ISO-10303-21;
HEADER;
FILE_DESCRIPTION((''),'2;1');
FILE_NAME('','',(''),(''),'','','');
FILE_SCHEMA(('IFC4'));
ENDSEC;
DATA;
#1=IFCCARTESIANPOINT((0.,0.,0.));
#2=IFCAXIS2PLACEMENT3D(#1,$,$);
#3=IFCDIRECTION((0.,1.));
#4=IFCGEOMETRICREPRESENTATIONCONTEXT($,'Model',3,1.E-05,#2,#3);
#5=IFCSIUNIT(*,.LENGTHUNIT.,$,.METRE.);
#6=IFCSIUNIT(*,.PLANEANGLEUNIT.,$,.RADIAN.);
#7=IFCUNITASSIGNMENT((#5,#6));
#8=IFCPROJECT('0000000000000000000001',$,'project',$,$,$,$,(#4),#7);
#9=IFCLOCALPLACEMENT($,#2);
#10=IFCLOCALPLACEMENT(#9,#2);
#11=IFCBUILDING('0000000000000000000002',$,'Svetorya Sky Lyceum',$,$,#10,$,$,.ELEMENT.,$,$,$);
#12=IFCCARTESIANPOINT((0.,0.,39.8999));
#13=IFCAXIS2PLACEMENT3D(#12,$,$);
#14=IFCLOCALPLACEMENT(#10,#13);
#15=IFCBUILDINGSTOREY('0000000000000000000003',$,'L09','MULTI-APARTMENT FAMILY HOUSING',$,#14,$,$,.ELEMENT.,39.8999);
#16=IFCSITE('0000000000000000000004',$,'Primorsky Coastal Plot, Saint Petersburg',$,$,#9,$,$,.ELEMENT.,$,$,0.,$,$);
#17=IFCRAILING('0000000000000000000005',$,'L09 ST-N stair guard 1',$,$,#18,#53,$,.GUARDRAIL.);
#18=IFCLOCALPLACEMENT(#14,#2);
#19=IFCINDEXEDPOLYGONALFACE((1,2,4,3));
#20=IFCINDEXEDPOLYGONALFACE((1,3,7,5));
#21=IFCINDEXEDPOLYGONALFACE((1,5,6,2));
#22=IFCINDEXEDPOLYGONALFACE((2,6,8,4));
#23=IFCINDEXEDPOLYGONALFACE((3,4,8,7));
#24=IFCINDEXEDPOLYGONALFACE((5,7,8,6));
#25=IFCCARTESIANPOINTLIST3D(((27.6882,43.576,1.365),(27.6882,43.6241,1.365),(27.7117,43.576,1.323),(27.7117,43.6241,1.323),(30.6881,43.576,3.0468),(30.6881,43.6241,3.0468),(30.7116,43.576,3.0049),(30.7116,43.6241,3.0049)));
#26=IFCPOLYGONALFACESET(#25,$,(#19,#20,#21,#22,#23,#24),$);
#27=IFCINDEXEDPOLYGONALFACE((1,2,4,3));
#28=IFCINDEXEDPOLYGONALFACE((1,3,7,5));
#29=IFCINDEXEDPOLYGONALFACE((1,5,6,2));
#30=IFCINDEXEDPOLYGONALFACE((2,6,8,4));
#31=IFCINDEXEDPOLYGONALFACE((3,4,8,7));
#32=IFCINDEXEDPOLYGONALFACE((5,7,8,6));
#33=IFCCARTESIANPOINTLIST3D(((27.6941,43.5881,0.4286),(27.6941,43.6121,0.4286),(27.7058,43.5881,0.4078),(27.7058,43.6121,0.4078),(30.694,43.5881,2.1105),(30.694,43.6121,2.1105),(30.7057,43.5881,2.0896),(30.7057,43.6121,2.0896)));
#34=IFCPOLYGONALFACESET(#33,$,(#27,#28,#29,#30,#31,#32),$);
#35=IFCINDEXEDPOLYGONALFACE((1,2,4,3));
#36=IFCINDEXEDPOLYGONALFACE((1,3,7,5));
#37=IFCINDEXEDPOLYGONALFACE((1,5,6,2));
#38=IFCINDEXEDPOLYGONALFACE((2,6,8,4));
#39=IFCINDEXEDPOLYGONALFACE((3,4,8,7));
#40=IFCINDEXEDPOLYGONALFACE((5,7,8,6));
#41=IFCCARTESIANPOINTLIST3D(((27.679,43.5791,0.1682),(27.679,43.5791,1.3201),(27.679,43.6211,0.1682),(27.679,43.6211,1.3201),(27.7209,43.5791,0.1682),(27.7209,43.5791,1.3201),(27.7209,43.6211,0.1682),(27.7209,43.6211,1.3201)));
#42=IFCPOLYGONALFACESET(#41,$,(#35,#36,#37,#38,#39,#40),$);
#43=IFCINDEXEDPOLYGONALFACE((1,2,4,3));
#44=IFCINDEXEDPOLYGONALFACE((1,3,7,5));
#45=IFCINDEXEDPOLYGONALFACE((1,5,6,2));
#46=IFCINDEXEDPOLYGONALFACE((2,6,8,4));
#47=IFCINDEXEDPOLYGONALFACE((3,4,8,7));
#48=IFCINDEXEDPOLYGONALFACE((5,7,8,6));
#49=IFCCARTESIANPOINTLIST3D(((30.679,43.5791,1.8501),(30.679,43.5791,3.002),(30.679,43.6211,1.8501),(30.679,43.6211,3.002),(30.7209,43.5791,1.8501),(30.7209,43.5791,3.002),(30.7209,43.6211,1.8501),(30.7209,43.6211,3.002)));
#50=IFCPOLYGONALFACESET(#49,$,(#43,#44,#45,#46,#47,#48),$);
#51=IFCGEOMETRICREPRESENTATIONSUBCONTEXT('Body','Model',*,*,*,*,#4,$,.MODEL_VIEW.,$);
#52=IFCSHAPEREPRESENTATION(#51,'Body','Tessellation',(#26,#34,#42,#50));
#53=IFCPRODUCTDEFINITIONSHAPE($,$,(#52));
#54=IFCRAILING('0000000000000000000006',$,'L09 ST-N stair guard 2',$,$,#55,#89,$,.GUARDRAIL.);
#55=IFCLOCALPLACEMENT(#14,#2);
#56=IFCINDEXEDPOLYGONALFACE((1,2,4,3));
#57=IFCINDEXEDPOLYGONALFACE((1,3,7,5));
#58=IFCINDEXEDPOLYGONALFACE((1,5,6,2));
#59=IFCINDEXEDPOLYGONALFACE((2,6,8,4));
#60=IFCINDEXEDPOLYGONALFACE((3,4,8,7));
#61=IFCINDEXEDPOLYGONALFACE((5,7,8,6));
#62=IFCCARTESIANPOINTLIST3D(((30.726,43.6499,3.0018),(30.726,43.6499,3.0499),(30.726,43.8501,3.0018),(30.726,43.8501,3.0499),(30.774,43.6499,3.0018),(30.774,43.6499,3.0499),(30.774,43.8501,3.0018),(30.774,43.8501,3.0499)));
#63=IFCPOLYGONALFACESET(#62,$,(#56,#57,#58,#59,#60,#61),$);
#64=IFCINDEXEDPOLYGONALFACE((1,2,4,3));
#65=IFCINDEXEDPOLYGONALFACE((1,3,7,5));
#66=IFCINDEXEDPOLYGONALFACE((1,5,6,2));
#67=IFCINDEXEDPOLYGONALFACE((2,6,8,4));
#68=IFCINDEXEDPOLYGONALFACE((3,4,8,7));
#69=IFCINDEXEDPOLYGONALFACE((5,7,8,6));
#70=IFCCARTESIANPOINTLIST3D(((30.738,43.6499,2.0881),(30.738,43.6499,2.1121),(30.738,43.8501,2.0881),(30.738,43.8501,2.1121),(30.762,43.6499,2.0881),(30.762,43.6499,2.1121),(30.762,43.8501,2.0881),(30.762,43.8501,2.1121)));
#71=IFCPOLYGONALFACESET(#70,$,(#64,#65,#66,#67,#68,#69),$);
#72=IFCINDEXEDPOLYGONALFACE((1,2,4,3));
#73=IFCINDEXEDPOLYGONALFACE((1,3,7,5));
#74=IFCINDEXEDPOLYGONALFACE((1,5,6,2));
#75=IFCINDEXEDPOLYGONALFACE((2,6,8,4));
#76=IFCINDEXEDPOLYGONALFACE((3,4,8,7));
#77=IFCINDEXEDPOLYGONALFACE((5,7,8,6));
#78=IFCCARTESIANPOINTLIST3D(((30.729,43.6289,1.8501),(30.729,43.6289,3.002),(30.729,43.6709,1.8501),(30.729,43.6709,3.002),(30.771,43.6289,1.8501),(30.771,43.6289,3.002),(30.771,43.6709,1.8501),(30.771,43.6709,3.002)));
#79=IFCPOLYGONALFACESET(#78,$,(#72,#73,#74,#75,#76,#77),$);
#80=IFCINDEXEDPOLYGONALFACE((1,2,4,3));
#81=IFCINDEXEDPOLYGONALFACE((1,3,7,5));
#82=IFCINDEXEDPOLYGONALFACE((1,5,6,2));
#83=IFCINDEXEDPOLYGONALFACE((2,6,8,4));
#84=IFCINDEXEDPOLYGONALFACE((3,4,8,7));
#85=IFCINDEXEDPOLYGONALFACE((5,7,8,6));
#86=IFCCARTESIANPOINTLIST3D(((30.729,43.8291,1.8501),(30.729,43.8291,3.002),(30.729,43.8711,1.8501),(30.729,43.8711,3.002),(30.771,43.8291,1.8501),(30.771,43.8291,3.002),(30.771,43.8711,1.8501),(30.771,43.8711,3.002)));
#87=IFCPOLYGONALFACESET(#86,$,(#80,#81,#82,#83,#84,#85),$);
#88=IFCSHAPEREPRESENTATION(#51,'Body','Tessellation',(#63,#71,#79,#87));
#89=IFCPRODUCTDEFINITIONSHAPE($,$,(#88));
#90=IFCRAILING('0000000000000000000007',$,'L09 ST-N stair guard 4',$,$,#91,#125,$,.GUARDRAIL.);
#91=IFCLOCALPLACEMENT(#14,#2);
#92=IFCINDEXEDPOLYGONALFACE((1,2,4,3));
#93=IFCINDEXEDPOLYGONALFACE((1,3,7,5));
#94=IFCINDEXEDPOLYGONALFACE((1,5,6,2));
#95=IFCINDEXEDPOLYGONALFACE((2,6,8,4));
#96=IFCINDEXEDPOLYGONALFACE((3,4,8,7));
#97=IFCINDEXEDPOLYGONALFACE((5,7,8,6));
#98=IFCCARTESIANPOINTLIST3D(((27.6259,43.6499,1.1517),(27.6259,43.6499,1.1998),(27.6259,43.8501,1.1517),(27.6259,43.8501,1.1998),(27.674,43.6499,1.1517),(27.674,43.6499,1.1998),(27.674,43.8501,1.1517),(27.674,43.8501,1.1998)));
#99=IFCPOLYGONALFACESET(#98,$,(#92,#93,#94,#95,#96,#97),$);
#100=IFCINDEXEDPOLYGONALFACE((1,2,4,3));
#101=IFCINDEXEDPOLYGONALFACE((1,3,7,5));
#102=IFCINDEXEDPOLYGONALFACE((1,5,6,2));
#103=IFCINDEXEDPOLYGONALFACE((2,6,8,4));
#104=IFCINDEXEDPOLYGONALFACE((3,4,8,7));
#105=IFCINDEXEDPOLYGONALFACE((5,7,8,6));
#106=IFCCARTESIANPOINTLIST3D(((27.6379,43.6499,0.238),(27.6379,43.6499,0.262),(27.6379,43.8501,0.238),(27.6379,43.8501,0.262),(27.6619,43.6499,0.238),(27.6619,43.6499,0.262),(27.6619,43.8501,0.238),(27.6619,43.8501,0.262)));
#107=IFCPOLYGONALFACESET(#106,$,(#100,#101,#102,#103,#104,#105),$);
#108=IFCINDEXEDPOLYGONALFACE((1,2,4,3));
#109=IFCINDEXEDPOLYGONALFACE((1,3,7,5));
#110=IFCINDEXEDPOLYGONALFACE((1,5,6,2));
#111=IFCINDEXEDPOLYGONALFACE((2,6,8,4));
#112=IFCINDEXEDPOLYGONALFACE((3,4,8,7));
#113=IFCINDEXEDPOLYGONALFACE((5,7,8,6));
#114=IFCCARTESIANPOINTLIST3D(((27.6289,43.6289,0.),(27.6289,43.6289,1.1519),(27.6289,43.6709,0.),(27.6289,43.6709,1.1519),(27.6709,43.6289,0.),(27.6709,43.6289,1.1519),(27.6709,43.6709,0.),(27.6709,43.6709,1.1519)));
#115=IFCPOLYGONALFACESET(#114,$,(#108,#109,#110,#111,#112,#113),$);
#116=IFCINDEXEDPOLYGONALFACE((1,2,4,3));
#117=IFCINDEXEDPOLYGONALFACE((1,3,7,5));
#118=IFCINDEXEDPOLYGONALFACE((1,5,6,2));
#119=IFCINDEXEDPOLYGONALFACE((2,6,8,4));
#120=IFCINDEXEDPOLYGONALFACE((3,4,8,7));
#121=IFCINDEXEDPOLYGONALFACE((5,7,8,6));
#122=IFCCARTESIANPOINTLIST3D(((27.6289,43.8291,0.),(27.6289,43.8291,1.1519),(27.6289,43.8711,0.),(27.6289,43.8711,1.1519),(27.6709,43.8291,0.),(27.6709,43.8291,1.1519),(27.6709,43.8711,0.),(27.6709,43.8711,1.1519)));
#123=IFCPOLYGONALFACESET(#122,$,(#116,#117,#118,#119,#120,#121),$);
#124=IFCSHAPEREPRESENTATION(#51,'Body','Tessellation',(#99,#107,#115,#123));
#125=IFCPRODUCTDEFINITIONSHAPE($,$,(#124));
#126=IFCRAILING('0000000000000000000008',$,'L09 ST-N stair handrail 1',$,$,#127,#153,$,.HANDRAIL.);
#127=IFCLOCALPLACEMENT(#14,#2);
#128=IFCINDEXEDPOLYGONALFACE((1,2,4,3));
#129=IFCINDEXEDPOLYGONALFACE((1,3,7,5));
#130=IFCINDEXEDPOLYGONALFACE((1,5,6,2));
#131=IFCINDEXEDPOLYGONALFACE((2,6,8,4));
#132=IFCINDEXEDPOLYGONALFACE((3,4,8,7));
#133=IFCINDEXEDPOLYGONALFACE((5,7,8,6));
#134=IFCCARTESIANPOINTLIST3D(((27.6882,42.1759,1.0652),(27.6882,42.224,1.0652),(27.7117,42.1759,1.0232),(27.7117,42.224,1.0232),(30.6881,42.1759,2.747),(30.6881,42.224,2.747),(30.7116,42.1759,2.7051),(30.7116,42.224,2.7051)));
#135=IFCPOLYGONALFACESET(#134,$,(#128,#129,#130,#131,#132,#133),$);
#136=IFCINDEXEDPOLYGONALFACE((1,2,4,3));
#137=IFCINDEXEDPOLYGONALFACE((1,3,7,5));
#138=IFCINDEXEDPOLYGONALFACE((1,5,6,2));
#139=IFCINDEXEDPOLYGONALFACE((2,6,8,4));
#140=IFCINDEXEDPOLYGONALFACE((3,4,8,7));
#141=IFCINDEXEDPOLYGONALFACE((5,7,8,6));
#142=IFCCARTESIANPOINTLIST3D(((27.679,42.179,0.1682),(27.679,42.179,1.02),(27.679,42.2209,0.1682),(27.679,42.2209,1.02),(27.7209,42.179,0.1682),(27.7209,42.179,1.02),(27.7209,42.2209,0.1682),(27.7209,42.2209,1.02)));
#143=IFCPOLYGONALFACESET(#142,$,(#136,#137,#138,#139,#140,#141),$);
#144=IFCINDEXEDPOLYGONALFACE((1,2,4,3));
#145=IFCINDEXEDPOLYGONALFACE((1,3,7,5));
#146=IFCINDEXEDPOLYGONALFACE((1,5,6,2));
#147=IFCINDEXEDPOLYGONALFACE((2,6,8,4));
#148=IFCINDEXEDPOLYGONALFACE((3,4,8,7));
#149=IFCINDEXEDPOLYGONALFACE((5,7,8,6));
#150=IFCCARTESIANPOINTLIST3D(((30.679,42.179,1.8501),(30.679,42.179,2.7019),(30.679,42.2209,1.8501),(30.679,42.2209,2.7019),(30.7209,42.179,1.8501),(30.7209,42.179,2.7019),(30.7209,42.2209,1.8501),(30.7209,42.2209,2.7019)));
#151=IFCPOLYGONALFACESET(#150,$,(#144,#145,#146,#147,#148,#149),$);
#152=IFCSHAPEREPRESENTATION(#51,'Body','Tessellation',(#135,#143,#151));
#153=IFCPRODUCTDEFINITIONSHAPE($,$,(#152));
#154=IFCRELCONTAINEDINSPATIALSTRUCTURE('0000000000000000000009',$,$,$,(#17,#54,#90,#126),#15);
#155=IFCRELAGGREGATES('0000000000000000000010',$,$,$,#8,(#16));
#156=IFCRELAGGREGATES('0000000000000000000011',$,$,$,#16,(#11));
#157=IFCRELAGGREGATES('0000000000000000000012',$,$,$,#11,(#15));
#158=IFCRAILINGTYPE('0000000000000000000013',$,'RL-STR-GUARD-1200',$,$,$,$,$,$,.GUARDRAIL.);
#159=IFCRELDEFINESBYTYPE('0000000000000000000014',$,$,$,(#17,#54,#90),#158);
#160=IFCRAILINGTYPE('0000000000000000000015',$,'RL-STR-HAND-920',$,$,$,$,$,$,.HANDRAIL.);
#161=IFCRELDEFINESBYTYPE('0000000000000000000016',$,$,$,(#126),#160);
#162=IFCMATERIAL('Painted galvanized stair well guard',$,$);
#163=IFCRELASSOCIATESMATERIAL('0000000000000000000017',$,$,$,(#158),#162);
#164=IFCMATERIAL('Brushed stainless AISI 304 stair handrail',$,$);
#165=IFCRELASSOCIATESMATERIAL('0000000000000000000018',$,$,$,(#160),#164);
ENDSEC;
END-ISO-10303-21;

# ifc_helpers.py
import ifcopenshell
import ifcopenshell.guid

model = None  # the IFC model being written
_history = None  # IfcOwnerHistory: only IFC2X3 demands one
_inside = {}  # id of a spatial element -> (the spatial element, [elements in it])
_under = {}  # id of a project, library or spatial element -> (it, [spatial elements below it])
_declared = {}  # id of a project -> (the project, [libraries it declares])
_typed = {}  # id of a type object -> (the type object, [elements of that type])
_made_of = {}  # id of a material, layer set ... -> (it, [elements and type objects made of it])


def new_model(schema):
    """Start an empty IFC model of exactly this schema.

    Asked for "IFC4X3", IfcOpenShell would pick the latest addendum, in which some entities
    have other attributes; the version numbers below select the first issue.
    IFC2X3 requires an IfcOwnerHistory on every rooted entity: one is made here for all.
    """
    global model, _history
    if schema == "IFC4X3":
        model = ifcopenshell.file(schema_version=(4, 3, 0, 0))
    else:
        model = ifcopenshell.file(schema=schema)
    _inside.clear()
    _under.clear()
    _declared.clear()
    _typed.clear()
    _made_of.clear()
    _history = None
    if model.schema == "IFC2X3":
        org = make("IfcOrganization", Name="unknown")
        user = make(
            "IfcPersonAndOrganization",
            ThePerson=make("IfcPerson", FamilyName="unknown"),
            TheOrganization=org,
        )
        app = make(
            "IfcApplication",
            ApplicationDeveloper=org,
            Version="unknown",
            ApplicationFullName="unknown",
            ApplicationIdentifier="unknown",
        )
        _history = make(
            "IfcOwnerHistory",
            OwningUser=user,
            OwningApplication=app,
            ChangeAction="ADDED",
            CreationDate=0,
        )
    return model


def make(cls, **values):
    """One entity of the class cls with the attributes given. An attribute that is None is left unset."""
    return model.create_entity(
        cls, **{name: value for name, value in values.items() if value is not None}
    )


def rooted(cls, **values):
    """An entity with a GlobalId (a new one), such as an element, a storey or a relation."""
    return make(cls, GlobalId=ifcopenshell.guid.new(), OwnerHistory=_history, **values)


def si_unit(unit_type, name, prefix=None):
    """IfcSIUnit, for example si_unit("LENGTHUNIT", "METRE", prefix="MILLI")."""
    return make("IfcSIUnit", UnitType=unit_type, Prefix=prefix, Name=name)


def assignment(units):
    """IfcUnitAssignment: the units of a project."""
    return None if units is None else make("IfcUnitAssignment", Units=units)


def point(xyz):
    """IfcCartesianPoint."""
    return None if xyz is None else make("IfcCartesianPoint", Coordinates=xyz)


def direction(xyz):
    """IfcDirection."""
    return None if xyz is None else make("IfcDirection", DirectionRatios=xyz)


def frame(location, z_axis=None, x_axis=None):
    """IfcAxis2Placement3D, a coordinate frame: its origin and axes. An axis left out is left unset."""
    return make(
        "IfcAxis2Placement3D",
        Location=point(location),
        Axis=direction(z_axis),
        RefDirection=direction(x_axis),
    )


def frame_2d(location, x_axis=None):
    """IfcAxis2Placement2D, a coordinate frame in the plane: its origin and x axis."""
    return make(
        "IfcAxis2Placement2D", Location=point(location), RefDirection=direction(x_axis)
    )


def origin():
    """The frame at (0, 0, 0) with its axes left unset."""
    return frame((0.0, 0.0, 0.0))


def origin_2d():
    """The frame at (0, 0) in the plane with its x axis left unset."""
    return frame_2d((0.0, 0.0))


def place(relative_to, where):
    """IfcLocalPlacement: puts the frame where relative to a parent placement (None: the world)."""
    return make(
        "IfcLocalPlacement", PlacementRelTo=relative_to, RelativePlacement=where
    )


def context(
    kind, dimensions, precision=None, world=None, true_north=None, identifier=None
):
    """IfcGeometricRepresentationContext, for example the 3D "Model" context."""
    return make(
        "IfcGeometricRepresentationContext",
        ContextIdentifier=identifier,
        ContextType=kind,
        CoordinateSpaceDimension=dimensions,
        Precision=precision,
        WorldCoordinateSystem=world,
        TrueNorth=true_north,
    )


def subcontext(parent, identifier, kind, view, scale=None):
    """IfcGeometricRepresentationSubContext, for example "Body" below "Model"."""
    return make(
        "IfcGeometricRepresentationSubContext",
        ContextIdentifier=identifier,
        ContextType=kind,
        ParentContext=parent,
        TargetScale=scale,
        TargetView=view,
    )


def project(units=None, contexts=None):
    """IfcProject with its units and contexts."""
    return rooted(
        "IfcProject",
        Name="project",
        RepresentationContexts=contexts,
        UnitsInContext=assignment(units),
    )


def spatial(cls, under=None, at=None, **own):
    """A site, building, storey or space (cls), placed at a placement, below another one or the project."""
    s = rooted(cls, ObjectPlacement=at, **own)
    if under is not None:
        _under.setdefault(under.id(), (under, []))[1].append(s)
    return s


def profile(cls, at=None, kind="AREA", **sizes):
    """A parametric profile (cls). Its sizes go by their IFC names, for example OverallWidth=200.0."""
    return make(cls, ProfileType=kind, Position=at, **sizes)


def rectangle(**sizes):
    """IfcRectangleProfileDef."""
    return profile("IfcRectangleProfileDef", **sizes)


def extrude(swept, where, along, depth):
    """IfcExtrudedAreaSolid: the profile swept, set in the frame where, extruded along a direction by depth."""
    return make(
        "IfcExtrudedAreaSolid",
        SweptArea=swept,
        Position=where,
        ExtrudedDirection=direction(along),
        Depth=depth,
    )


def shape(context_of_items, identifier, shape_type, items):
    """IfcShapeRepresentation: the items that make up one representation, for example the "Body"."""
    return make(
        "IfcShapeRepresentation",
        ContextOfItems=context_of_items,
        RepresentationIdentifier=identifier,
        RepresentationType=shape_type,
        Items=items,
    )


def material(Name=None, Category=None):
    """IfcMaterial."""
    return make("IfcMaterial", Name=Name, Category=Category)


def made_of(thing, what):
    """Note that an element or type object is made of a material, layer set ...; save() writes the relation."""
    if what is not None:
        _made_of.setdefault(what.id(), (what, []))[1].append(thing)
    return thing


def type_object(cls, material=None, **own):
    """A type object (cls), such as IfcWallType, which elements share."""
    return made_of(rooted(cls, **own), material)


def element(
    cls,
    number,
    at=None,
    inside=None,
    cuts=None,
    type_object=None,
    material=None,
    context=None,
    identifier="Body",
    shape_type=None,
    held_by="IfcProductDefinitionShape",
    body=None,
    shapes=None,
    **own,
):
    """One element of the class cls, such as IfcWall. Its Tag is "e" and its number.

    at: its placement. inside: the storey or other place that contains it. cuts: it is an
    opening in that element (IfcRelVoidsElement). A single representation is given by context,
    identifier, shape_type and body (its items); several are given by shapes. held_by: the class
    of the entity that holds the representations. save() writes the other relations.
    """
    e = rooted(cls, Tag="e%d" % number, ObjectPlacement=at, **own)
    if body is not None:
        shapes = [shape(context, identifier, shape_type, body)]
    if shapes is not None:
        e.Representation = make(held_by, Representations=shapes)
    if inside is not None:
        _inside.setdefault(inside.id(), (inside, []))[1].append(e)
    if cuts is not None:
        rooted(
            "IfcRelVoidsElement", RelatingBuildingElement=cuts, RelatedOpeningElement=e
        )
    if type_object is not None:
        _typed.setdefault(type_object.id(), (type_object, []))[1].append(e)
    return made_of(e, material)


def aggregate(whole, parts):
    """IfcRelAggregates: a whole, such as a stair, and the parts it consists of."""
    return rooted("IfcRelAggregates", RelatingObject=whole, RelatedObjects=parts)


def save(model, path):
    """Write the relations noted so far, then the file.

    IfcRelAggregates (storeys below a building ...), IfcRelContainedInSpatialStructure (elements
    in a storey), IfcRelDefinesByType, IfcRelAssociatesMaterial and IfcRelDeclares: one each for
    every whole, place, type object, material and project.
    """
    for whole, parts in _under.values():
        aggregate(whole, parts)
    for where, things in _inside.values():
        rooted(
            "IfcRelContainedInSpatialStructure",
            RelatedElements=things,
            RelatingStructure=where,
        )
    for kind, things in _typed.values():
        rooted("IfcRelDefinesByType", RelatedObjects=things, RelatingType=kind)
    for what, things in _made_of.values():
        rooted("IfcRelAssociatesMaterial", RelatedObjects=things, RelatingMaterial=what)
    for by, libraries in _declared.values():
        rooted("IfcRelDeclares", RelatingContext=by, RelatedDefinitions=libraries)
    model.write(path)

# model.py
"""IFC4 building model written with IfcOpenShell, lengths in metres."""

from ifc_helpers import new_model, si_unit, direction, frame, origin, origin_2d, place, context, subcontext, project, spatial, rectangle, extrude, material, type_object, element, save


model = new_model("IFC4")

# Units and contexts
model_context = context("Model", 3, precision=1e-05, world=origin(), true_north=direction((0.0, 1.0)))
body_context = subcontext(model_context, "Body", "Model", "MODEL_VIEW")
ifc_project = project(units=[si_unit("LENGTHUNIT", "METRE"), si_unit("PLANEANGLEUNIT", "RADIAN")], contexts=[model_context])

# Site, building, storey
site_placement = place(None, origin())
site = spatial("IfcSite", under=ifc_project, at=site_placement, Name="Primorsky Coastal Plot, Saint Petersburg", CompositionType="ELEMENT", RefElevation=0.0)
building_placement = place(site_placement, origin())
building = spatial("IfcBuilding", under=site, at=building_placement, Name="Svetorya Sky Lyceum", CompositionType="ELEMENT")
storey_placement = place(building_placement, frame((0.0, 0.0, 39.8999)))
storey = spatial("IfcBuildingStorey", under=building, at=storey_placement, Name="L09", Description="MULTI-APARTMENT FAMILY HOUSING", CompositionType="ELEMENT", Elevation=39.8999)

# Railings
ifc_material_1 = material(Name="Painted galvanized stair well guard")
railing_type_1 = type_object("IfcRailingType", Name="RL-STR-GUARD-1200", PredefinedType="GUARDRAIL", material=ifc_material_1)
railing_1_placement = place(storey_placement, frame((27.7, 43.6001, 0.1682)))
element("IfcRailing", 1, at=railing_1_placement, inside=storey, type_object=railing_type_1, Name="L09 ST-N stair guard 1", PredefinedType="GUARDRAIL", context=body_context, shape_type="SweptSolid", body=[
    extrude(rectangle(XDim=0.0481, YDim=0.0481, at=origin_2d()), frame((0.0, 0.0, 1.1758), z_axis=(0.872272, 0.0, 0.48902), x_axis=(0.0, 1.0, 0.0)), (0.0, 0.0, 1.0), 3.4392),
    extrude(rectangle(XDim=0.0239, YDim=0.0239, at=origin_2d()), frame((0.0, 0.0, 0.25), z_axis=(0.872272, 0.0, 0.48902), x_axis=(0.0, 1.0, 0.0)), (0.0, 0.0, 1.0), 3.4392),
    extrude(rectangle(XDim=0.042, YDim=0.042, at=origin_2d()), origin(), (0.0, 0.0, 1.0), 1.1519),
    extrude(rectangle(XDim=0.042, YDim=0.042, at=origin_2d()), frame((3.0, 0.0, 1.6819)), (0.0, 0.0, 1.0), 1.1519),
])
for number, where, name in (
    (2, (30.75, 43.6499, 1.8501), "L09 ST-N stair guard 2"),
    (3, (27.6499, 43.6499, 0.0), "L09 ST-N stair guard 4"),
):
    element("IfcRailing", number, at=place(storey_placement, frame(where)), inside=storey, type_object=railing_type_1, Name=name, PredefinedType="GUARDRAIL", context=body_context, shape_type="SweptSolid", body=[
        extrude(rectangle(XDim=0.0481, YDim=0.0481, at=origin_2d()), frame((0.0, 0.0, 1.1758), z_axis=(0.0, 1.0, 0.0), x_axis=(-1.0, 0.0, 0.0)), (0.0, 0.0, 1.0), 0.2002),
        extrude(rectangle(XDim=0.0239, YDim=0.0239, at=origin_2d()), frame((0.0, 0.0, 0.25), z_axis=(0.0, 1.0, 0.0), x_axis=(-1.0, 0.0, 0.0)), (0.0, 0.0, 1.0), 0.2002),
        extrude(rectangle(XDim=0.042, YDim=0.042, at=origin_2d()), origin(), (0.0, 0.0, 1.0), 1.1519),
        extrude(rectangle(XDim=0.042, YDim=0.042, at=origin_2d()), frame((0.0, 0.2002, 0.0)), (0.0, 0.0, 1.0), 1.1519),
    ])
ifc_material_2 = material(Name="Brushed stainless AISI 304 stair handrail")
railing_type_2 = type_object("IfcRailingType", Name="RL-STR-HAND-920", PredefinedType="HANDRAIL", material=ifc_material_2)
railing_2_placement = place(storey_placement, frame((27.7, 42.2, 0.1682)))
element("IfcRailing", 4, at=railing_2_placement, inside=storey, type_object=railing_type_2, Name="L09 ST-N stair handrail 1", PredefinedType="HANDRAIL", context=body_context, shape_type="SweptSolid", body=[
    extrude(rectangle(XDim=0.0481, YDim=0.0481, at=origin_2d()), frame((0.0, 0.0, 0.876), z_axis=(0.872272, 0.0, 0.48902), x_axis=(0.0, 1.0, 0.0)), (0.0, 0.0, 1.0), 3.4392),
    extrude(rectangle(XDim=0.042, YDim=0.042, at=origin_2d()), origin(), (0.0, 0.0, 1.0), 0.8518),
    extrude(rectangle(XDim=0.042, YDim=0.042, at=origin_2d()), frame((3.0, 0.0, 1.6819)), (0.0, 0.0, 1.0), 0.8518),
])

save(model, "model.ifc")
